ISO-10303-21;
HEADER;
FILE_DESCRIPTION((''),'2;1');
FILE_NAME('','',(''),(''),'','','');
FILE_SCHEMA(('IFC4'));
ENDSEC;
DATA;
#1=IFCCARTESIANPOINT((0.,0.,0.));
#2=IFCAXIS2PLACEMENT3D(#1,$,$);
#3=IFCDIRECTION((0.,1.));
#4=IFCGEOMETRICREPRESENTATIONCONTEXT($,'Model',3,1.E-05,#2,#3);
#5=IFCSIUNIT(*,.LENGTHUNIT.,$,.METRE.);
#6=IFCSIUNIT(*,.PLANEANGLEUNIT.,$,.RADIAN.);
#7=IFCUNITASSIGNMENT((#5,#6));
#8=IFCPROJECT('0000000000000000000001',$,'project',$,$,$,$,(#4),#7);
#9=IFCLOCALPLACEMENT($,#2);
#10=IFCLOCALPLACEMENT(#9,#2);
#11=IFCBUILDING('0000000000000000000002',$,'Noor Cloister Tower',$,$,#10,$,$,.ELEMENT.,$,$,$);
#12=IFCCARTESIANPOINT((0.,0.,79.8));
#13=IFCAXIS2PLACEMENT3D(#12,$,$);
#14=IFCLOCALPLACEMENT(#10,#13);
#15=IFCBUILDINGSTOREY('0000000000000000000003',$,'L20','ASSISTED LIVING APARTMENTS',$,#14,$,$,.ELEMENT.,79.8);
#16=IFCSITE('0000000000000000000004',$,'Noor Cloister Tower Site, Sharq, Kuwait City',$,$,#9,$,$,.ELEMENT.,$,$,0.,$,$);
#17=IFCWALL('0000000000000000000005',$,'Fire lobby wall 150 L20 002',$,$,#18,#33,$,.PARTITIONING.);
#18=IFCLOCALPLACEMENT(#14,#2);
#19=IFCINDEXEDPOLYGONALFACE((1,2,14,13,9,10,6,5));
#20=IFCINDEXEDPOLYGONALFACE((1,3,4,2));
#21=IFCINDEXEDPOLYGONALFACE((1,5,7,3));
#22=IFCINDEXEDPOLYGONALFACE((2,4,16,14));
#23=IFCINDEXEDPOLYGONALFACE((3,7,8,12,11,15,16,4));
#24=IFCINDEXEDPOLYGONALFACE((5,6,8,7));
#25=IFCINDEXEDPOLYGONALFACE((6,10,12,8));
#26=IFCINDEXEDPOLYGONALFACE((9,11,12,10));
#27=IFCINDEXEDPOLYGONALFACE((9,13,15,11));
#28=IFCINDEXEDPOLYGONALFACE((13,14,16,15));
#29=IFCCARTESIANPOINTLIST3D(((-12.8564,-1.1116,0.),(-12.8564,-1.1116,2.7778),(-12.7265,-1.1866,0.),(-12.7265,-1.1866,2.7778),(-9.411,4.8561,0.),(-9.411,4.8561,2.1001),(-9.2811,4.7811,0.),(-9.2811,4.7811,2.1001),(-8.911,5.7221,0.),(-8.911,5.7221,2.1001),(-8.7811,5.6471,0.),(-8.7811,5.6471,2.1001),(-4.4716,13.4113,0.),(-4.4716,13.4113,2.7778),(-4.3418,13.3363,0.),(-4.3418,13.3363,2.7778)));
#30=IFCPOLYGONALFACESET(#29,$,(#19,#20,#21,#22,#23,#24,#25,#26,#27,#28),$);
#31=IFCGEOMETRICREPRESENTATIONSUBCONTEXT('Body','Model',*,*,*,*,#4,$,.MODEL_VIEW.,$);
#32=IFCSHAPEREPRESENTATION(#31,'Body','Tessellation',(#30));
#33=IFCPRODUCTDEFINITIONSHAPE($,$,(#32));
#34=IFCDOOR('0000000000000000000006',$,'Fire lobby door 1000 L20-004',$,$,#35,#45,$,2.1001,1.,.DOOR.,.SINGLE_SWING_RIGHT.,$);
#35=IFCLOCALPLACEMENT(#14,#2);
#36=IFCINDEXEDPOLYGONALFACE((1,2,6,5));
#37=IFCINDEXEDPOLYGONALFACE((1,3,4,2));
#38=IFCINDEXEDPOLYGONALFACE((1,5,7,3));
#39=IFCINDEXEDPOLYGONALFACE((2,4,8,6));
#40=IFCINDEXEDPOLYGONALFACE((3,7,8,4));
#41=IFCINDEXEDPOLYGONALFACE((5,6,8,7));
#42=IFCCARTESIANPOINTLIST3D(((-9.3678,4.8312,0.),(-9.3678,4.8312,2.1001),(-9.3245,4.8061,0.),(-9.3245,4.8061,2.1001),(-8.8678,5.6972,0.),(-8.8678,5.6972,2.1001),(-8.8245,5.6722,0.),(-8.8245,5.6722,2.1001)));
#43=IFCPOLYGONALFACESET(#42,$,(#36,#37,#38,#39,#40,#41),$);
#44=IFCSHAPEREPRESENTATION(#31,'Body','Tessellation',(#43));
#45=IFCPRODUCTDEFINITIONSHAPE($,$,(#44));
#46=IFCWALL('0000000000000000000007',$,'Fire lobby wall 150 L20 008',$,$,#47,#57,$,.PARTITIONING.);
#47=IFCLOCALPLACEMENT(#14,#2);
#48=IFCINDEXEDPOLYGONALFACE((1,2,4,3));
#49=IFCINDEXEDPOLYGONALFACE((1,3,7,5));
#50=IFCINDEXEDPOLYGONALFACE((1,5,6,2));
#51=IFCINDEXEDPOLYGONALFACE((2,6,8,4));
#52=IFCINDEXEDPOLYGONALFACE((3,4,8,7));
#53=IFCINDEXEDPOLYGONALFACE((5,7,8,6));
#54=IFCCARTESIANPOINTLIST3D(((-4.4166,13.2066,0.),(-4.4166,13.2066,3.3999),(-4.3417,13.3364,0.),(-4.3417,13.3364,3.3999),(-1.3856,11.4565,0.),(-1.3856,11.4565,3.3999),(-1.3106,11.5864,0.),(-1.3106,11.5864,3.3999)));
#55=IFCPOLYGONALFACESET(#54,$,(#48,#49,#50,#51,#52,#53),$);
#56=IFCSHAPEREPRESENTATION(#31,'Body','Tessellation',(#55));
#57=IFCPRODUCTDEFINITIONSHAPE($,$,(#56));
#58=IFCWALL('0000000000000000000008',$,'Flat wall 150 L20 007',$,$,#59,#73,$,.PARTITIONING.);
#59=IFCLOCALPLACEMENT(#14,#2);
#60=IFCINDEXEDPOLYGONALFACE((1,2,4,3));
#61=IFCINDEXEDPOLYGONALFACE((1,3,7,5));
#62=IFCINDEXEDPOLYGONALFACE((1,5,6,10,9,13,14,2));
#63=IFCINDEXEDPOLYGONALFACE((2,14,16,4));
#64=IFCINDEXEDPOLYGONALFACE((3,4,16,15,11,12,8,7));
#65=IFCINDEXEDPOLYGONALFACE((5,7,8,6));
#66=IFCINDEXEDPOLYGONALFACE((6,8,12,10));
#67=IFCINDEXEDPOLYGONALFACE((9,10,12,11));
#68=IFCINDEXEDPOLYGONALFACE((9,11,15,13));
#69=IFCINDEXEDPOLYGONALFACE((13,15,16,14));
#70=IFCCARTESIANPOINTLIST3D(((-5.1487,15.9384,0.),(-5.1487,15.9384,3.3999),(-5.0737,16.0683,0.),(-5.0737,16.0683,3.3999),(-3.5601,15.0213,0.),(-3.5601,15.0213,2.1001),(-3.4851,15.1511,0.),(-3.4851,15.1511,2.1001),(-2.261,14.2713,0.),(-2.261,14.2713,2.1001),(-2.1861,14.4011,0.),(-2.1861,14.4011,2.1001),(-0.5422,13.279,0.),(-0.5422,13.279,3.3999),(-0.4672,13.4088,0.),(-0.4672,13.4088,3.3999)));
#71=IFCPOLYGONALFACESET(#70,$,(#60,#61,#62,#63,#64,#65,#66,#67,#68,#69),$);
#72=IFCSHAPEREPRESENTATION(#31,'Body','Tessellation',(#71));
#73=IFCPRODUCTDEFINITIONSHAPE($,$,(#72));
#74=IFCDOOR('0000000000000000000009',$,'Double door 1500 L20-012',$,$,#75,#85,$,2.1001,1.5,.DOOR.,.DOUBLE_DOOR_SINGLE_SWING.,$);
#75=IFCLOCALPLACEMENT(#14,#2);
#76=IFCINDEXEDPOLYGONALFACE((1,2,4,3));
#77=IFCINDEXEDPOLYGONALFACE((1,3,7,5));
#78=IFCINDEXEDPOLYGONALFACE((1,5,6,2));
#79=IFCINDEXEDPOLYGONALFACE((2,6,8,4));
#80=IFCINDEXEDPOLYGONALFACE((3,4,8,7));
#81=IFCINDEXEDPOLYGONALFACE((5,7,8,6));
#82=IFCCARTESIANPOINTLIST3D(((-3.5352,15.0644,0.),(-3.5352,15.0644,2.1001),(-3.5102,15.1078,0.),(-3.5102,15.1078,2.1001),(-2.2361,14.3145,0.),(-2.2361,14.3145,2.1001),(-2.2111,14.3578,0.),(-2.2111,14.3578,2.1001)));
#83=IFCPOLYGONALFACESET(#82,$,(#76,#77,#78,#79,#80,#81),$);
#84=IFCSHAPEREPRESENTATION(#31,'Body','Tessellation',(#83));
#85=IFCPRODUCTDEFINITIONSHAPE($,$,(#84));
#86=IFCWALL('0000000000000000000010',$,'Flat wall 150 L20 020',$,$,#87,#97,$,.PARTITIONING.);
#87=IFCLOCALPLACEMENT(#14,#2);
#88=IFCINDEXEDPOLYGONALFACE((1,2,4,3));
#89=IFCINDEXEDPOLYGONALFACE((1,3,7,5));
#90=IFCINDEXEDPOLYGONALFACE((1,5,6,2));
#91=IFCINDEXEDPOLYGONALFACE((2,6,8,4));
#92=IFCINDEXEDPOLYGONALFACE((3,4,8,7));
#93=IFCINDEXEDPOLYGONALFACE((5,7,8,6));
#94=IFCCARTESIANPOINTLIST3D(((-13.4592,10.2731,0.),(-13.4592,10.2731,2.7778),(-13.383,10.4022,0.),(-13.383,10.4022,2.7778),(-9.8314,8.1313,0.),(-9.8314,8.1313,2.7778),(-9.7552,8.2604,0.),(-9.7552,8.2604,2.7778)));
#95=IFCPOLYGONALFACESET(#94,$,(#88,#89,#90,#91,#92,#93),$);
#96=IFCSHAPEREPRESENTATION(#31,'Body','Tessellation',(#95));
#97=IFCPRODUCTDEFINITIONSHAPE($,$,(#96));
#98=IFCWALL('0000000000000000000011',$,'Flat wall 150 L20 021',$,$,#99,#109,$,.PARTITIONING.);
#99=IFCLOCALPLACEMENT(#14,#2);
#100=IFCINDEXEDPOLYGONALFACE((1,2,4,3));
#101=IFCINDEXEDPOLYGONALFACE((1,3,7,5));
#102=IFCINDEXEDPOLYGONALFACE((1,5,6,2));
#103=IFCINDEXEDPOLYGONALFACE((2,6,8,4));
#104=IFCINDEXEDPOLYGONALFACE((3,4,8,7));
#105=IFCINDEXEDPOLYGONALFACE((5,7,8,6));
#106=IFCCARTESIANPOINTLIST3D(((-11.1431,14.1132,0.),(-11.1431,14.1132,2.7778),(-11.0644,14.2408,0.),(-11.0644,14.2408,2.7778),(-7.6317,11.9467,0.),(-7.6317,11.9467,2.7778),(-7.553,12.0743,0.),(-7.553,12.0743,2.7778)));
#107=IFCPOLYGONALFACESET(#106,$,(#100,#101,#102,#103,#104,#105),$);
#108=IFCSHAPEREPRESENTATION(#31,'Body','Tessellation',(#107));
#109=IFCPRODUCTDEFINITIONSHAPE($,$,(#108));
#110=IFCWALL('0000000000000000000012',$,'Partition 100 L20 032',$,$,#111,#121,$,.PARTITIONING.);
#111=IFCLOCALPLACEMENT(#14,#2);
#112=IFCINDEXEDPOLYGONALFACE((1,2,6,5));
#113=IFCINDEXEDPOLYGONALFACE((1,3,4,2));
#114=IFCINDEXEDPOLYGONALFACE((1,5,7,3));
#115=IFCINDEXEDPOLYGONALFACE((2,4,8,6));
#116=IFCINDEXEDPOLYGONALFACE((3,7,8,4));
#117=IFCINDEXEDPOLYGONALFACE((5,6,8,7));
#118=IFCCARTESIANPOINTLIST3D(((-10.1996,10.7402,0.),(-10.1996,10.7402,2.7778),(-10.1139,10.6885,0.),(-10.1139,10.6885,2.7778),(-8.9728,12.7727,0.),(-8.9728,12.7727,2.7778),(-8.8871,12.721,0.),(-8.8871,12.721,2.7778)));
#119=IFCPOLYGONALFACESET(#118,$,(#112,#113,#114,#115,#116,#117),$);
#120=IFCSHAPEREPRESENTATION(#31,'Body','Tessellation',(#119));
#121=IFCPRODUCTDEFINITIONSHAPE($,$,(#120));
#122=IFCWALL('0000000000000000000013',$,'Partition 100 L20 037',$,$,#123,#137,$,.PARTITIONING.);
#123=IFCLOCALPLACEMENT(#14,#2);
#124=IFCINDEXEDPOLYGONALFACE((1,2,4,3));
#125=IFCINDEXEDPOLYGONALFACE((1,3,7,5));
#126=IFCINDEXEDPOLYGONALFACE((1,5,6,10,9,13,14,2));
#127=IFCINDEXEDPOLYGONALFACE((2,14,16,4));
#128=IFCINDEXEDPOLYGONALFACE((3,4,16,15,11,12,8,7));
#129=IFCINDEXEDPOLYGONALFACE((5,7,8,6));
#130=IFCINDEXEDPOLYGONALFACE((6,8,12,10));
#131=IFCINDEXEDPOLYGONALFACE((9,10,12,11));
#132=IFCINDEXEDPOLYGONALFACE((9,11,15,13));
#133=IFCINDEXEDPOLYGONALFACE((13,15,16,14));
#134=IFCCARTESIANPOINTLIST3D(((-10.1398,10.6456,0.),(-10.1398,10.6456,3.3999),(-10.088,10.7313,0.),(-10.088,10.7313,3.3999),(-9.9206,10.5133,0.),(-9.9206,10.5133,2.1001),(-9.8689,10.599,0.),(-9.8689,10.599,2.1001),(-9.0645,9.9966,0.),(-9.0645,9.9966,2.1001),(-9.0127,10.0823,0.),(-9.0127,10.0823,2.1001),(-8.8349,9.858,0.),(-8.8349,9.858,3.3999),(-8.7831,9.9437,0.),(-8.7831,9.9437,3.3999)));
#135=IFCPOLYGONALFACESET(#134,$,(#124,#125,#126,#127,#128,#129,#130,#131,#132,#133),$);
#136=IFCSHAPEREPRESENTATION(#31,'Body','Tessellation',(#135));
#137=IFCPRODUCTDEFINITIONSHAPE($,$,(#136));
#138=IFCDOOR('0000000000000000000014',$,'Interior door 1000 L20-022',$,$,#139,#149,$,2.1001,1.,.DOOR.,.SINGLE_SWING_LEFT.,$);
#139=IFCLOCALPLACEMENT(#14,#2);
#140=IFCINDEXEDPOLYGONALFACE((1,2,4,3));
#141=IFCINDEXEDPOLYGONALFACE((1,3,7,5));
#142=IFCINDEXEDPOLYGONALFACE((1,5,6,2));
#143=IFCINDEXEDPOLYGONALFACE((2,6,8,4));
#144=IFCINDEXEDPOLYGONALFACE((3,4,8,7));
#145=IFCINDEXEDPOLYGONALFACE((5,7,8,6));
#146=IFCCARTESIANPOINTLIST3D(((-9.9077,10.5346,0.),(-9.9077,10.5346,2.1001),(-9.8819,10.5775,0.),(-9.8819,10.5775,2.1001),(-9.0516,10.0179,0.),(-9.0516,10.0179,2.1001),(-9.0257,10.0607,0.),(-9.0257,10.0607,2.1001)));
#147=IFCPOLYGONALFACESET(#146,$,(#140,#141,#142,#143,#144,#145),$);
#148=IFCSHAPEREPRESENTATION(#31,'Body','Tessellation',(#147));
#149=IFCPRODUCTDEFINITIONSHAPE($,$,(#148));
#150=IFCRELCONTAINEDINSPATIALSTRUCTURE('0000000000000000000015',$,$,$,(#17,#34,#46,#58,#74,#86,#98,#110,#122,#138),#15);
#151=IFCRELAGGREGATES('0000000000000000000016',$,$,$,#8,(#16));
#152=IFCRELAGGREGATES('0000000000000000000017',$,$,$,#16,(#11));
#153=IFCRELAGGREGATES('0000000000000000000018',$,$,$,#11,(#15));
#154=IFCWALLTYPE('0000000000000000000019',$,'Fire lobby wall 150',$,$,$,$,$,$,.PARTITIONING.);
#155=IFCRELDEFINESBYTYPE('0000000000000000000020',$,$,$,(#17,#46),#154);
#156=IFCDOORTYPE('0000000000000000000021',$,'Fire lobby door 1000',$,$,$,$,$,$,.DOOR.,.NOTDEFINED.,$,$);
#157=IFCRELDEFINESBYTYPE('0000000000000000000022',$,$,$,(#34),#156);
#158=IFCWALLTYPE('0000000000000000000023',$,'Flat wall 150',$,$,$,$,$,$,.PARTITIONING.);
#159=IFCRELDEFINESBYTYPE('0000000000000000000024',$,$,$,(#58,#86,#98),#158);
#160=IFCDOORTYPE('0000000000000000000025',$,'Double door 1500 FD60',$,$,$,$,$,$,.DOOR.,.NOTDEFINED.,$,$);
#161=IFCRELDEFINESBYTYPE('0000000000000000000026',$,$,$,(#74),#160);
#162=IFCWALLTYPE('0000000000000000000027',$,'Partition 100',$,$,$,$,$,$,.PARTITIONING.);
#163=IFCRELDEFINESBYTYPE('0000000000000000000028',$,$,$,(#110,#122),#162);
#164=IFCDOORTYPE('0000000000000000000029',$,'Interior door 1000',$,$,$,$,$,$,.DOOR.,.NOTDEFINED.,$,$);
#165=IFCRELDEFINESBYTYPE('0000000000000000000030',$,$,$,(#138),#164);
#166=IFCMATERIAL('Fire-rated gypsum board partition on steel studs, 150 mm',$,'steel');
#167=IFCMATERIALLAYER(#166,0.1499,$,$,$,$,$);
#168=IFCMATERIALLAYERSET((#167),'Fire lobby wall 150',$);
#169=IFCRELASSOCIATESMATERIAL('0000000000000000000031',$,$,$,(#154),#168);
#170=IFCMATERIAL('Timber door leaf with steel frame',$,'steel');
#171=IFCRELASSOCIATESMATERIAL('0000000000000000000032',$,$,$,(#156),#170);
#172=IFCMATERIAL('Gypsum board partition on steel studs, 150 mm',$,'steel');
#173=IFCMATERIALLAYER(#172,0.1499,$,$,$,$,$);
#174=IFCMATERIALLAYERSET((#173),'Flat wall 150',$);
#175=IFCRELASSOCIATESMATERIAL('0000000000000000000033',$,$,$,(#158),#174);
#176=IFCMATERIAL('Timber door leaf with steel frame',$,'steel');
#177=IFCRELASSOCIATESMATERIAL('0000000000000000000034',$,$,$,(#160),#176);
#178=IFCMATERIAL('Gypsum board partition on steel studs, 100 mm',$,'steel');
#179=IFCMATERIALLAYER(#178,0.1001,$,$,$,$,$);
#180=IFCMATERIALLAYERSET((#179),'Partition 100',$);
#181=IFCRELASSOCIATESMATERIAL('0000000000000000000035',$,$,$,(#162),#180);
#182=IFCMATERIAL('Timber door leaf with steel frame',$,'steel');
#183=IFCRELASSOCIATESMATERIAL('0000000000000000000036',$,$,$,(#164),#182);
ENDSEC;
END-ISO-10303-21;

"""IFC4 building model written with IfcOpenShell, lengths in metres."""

from ifc_helpers import new_model, si_unit, direction, frame, frame_2d, origin, place, context, subcontext, project, spatial, rectangle, extrude, material, layer, layer_set, type_object, element, fill, save


model = new_model("IFC4")

# Units and contexts
model_context = context("Model", 3, precision=1e-05, world=origin(), true_north=direction((0.0, 1.0)))
body_context = subcontext(model_context, "Body", "Model", "MODEL_VIEW")
ifc_project = project(units=[si_unit("LENGTHUNIT", "METRE"), si_unit("PLANEANGLEUNIT", "RADIAN")], contexts=[model_context])

# Site, building, storey
site_placement = place(None, origin())
site = spatial("IfcSite", under=ifc_project, at=site_placement, Name="Noor Cloister Tower Site, Sharq, Kuwait City", CompositionType="ELEMENT", RefElevation=0.0)
building_placement = place(site_placement, origin())
building = spatial("IfcBuilding", under=site, at=building_placement, Name="Noor Cloister Tower", CompositionType="ELEMENT")
storey_placement = place(building_placement, frame((0.0, 0.0, 79.8)))
storey = spatial("IfcBuildingStorey", under=building, at=storey_placement, Name="L20", Description="ASSISTED LIVING APARTMENTS", CompositionType="ELEMENT", Elevation=79.8)

# Wall, opening, door
ifc_material_1 = material(Name="Fire-rated gypsum board partition on steel studs, 150 mm", Category="steel")
ifc_layer_1 = layer(ifc_material_1, 0.1499)
ifc_layer_set_1 = layer_set([ifc_layer_1], Name="Fire lobby wall 150")
wall_type_1 = type_object("IfcWallType", Name="Fire lobby wall 150", PredefinedType="PARTITIONING", material=ifc_layer_set_1)
wall_1_placement = place(storey_placement, frame((-4.4067, 13.3738, 0.0), z_axis=(0.0, 0.0, 1.0), x_axis=(-0.499997, -0.866027, 0.0)))
wall_1 = element("IfcWall", 1, at=wall_1_placement, inside=storey, type_object=wall_type_1, Name="Fire lobby wall 150 L20 002", PredefinedType="PARTITIONING", context=body_context, shape_type="SweptSolid", body=[
    extrude(rectangle(XDim=16.7695, YDim=0.1499, at=frame_2d((8.3848, 0.0))), origin(), (0.0, 0.0, 1.0), 2.7778),
])
opening_1_placement = place(wall_1_placement, frame((8.8787, 0.0, 0.0)))
opening_1 = element("IfcOpeningElement", 2, at=opening_1_placement, cuts=wall_1, PredefinedType="OPENING", context=body_context, shape_type="SweptSolid", body=[
    extrude(rectangle(XDim=1.0, YDim=2.1001, at=frame_2d((0.5, 1.05))), frame((0.0, 0.085, 0.0), z_axis=(0.0, -1.0, 0.0), x_axis=(1.0, 0.0, 0.0)), (0.0, 0.0, 1.0), 0.1699),
])
ifc_material_2 = material(Name="Timber door leaf with steel frame", Category="steel")
door_type_1 = type_object("IfcDoorType", Name="Fire lobby door 1000", OperationType="NOTDEFINED", PredefinedType="DOOR", material=ifc_material_2)
door_1_placement = place(opening_1_placement, origin())
door_1 = element("IfcDoor", 3, at=door_1_placement, inside=storey, type_object=door_type_1, Name="Fire lobby door 1000 L20-004", OperationType="SINGLE_SWING_RIGHT", OverallHeight=2.1001, OverallWidth=1.0, PredefinedType="DOOR", context=body_context, shape_type="SweptSolid", body=[
    extrude(rectangle(XDim=1.0, YDim=2.1001, at=frame_2d((0.5, 1.05))), frame((0.0, 0.0249, 0.0), z_axis=(0.0, -1.0, 0.0), x_axis=(1.0, 0.0, 0.0)), (0.0, 0.0, 1.0), 0.05),
])
fill(opening_1, door_1)

# Wall
wall_2_placement = place(storey_placement, frame((-4.3792, 13.2715, 0.0), z_axis=(0.0, 0.0, 1.0), x_axis=(0.866019, -0.50001, 0.0)))
element("IfcWall", 4, at=wall_2_placement, inside=storey, type_object=wall_type_1, Name="Fire lobby wall 150 L20 008", PredefinedType="PARTITIONING", context=body_context, shape_type="SweptSolid", body=[
    extrude(rectangle(XDim=3.5, YDim=0.1499, at=frame_2d((1.75, 0.0))), origin(), (0.0, 0.0, 1.0), 3.3999),
])

# Wall, opening, door
ifc_material_3 = material(Name="Gypsum board partition on steel studs, 150 mm", Category="steel")
ifc_layer_2 = layer(ifc_material_3, 0.1499)
ifc_layer_set_2 = layer_set([ifc_layer_2], Name="Flat wall 150")
wall_type_2 = type_object("IfcWallType", Name="Flat wall 150", PredefinedType="PARTITIONING", material=ifc_layer_set_2)
wall_3_placement = place(storey_placement, frame((-5.1113, 16.0034, 0.0), z_axis=(0.0, 0.0, 1.0), x_axis=(0.866034, -0.499985, 0.0)))
wall_3 = element("IfcWall", 5, at=wall_3_placement, inside=storey, type_object=wall_type_2, Name="Flat wall 150 L20 007", PredefinedType="PARTITIONING", context=body_context, shape_type="SweptSolid", body=[
    extrude(rectangle(XDim=5.3191, YDim=0.1499, at=frame_2d((2.6597, 0.0))), origin(), (0.0, 0.0, 1.0), 3.3999),
])
opening_2_placement = place(wall_3_placement, frame((1.8345, 0.0, 0.0)))
opening_2 = element("IfcOpeningElement", 6, at=opening_2_placement, cuts=wall_3, PredefinedType="OPENING", context=body_context, shape_type="SweptSolid", body=[
    extrude(rectangle(XDim=1.5, YDim=2.1001, at=frame_2d((0.75, 1.05))), frame((0.0, 0.085, 0.0), z_axis=(0.0, -1.0, 0.0), x_axis=(1.0, 0.0, 0.0)), (0.0, 0.0, 1.0), 0.1699),
])
ifc_material_4 = material(Name="Timber door leaf with steel frame", Category="steel")
door_type_2 = type_object("IfcDoorType", Name="Double door 1500 FD60", OperationType="NOTDEFINED", PredefinedType="DOOR", material=ifc_material_4)
door_2_placement = place(opening_2_placement, origin())
door_2 = element("IfcDoor", 7, at=door_2_placement, inside=storey, type_object=door_type_2, Name="Double door 1500 L20-012", OperationType="DOUBLE_DOOR_SINGLE_SWING", OverallHeight=2.1001, OverallWidth=1.5, PredefinedType="DOOR", context=body_context, shape_type="SweptSolid", body=[
    extrude(rectangle(XDim=1.5, YDim=2.1001, at=frame_2d((0.75, 1.05))), frame((0.0, 0.0249, 0.0), z_axis=(0.0, -1.0, 0.0), x_axis=(1.0, 0.0, 0.0)), (0.0, 0.0, 1.0), 0.05),
])
fill(opening_2, door_2)

# Walls
wall_4_placement = place(storey_placement, frame((-13.4211, 10.3376, 0.0), z_axis=(0.0, 0.0, 1.0), x_axis=(0.861127, -0.50839, 0.0)))
element("IfcWall", 8, at=wall_4_placement, inside=storey, type_object=wall_type_2, Name="Flat wall 150 L20 020", PredefinedType="PARTITIONING", context=body_context, shape_type="SweptSolid", body=[
    extrude(rectangle(XDim=4.2129, YDim=0.1499, at=frame_2d((2.1064, 0.0))), origin(), (0.0, 0.0, 1.0), 2.7778),
])
wall_5_placement = place(storey_placement, frame((-11.1038, 14.177, 0.0), z_axis=(0.0, 0.0, 1.0), x_axis=(0.851052, -0.525081, 0.0)))
element("IfcWall", 9, at=wall_5_placement, inside=storey, type_object=wall_type_2, Name="Flat wall 150 L20 021", PredefinedType="PARTITIONING", context=body_context, shape_type="SweptSolid", body=[
    extrude(rectangle(XDim=4.126, YDim=0.1499, at=frame_2d((2.063, 0.0))), origin(), (0.0, 0.0, 1.0), 2.7778),
])
ifc_material_5 = material(Name="Gypsum board partition on steel studs, 100 mm", Category="steel")
ifc_layer_3 = layer(ifc_material_5, 0.1001)
ifc_layer_set_3 = layer_set([ifc_layer_3], Name="Partition 100")
wall_type_3 = type_object("IfcWallType", Name="Partition 100", PredefinedType="PARTITIONING", material=ifc_layer_set_3)
wall_6_placement = place(storey_placement, frame((-8.9299, 12.7468, 0.0), z_axis=(0.0, 0.0, 1.0), x_axis=(-0.516762, -0.856129, 0.0)))
element("IfcWall", 10, at=wall_6_placement, inside=storey, type_object=wall_type_3, Name="Partition 100 L20 032", PredefinedType="PARTITIONING", context=body_context, shape_type="SweptSolid", body=[
    extrude(rectangle(XDim=2.374, YDim=0.1001, at=frame_2d((1.187, 0.0))), origin(), (0.0, 0.0, 1.0), 2.7778),
])

# Wall, opening, door
wall_7_placement = place(storey_placement, frame((-10.114, 10.6885, 0.0), z_axis=(0.0, 0.0, 1.0), x_axis=(0.856147, -0.516732, 0.0)))
wall_7 = element("IfcWall", 11, at=wall_7_placement, inside=storey, type_object=wall_type_3, Name="Partition 100 L20 037", PredefinedType="PARTITIONING", context=body_context, shape_type="SweptSolid", body=[
    extrude(rectangle(XDim=1.5242, YDim=0.1001, at=frame_2d((0.7622, 0.0))), origin(), (0.0, 0.0, 1.0), 3.3999),
])
opening_3_placement = place(wall_7_placement, frame((0.2561, 0.0, 0.0)))
opening_3 = element("IfcOpeningElement", 12, at=opening_3_placement, cuts=wall_7, PredefinedType="OPENING", context=body_context, shape_type="SweptSolid", body=[
    extrude(rectangle(XDim=1.0, YDim=2.1001, at=frame_2d((0.5, 1.05))), frame((0.0, 0.0601, 0.0), z_axis=(0.0, -1.0, 0.0), x_axis=(1.0, 0.0, 0.0)), (0.0, 0.0, 1.0), 0.1201),
])
ifc_material_6 = material(Name="Timber door leaf with steel frame", Category="steel")
door_type_3 = type_object("IfcDoorType", Name="Interior door 1000", OperationType="NOTDEFINED", PredefinedType="DOOR", material=ifc_material_6)
door_3_placement = place(opening_3_placement, origin())
door_3 = element("IfcDoor", 13, at=door_3_placement, inside=storey, type_object=door_type_3, Name="Interior door 1000 L20-022", OperationType="SINGLE_SWING_LEFT", OverallHeight=2.1001, OverallWidth=1.0, PredefinedType="DOOR", context=body_context, shape_type="SweptSolid", body=[
    extrude(rectangle(XDim=1.0, YDim=2.1001, at=frame_2d((0.5, 1.05))), frame((0.0, 0.0249, 0.0), z_axis=(0.0, -1.0, 0.0), x_axis=(1.0, 0.0, 0.0)), (0.0, 0.0, 1.0), 0.05),
])
fill(opening_3, door_3)

save(model, "model.ifc")
